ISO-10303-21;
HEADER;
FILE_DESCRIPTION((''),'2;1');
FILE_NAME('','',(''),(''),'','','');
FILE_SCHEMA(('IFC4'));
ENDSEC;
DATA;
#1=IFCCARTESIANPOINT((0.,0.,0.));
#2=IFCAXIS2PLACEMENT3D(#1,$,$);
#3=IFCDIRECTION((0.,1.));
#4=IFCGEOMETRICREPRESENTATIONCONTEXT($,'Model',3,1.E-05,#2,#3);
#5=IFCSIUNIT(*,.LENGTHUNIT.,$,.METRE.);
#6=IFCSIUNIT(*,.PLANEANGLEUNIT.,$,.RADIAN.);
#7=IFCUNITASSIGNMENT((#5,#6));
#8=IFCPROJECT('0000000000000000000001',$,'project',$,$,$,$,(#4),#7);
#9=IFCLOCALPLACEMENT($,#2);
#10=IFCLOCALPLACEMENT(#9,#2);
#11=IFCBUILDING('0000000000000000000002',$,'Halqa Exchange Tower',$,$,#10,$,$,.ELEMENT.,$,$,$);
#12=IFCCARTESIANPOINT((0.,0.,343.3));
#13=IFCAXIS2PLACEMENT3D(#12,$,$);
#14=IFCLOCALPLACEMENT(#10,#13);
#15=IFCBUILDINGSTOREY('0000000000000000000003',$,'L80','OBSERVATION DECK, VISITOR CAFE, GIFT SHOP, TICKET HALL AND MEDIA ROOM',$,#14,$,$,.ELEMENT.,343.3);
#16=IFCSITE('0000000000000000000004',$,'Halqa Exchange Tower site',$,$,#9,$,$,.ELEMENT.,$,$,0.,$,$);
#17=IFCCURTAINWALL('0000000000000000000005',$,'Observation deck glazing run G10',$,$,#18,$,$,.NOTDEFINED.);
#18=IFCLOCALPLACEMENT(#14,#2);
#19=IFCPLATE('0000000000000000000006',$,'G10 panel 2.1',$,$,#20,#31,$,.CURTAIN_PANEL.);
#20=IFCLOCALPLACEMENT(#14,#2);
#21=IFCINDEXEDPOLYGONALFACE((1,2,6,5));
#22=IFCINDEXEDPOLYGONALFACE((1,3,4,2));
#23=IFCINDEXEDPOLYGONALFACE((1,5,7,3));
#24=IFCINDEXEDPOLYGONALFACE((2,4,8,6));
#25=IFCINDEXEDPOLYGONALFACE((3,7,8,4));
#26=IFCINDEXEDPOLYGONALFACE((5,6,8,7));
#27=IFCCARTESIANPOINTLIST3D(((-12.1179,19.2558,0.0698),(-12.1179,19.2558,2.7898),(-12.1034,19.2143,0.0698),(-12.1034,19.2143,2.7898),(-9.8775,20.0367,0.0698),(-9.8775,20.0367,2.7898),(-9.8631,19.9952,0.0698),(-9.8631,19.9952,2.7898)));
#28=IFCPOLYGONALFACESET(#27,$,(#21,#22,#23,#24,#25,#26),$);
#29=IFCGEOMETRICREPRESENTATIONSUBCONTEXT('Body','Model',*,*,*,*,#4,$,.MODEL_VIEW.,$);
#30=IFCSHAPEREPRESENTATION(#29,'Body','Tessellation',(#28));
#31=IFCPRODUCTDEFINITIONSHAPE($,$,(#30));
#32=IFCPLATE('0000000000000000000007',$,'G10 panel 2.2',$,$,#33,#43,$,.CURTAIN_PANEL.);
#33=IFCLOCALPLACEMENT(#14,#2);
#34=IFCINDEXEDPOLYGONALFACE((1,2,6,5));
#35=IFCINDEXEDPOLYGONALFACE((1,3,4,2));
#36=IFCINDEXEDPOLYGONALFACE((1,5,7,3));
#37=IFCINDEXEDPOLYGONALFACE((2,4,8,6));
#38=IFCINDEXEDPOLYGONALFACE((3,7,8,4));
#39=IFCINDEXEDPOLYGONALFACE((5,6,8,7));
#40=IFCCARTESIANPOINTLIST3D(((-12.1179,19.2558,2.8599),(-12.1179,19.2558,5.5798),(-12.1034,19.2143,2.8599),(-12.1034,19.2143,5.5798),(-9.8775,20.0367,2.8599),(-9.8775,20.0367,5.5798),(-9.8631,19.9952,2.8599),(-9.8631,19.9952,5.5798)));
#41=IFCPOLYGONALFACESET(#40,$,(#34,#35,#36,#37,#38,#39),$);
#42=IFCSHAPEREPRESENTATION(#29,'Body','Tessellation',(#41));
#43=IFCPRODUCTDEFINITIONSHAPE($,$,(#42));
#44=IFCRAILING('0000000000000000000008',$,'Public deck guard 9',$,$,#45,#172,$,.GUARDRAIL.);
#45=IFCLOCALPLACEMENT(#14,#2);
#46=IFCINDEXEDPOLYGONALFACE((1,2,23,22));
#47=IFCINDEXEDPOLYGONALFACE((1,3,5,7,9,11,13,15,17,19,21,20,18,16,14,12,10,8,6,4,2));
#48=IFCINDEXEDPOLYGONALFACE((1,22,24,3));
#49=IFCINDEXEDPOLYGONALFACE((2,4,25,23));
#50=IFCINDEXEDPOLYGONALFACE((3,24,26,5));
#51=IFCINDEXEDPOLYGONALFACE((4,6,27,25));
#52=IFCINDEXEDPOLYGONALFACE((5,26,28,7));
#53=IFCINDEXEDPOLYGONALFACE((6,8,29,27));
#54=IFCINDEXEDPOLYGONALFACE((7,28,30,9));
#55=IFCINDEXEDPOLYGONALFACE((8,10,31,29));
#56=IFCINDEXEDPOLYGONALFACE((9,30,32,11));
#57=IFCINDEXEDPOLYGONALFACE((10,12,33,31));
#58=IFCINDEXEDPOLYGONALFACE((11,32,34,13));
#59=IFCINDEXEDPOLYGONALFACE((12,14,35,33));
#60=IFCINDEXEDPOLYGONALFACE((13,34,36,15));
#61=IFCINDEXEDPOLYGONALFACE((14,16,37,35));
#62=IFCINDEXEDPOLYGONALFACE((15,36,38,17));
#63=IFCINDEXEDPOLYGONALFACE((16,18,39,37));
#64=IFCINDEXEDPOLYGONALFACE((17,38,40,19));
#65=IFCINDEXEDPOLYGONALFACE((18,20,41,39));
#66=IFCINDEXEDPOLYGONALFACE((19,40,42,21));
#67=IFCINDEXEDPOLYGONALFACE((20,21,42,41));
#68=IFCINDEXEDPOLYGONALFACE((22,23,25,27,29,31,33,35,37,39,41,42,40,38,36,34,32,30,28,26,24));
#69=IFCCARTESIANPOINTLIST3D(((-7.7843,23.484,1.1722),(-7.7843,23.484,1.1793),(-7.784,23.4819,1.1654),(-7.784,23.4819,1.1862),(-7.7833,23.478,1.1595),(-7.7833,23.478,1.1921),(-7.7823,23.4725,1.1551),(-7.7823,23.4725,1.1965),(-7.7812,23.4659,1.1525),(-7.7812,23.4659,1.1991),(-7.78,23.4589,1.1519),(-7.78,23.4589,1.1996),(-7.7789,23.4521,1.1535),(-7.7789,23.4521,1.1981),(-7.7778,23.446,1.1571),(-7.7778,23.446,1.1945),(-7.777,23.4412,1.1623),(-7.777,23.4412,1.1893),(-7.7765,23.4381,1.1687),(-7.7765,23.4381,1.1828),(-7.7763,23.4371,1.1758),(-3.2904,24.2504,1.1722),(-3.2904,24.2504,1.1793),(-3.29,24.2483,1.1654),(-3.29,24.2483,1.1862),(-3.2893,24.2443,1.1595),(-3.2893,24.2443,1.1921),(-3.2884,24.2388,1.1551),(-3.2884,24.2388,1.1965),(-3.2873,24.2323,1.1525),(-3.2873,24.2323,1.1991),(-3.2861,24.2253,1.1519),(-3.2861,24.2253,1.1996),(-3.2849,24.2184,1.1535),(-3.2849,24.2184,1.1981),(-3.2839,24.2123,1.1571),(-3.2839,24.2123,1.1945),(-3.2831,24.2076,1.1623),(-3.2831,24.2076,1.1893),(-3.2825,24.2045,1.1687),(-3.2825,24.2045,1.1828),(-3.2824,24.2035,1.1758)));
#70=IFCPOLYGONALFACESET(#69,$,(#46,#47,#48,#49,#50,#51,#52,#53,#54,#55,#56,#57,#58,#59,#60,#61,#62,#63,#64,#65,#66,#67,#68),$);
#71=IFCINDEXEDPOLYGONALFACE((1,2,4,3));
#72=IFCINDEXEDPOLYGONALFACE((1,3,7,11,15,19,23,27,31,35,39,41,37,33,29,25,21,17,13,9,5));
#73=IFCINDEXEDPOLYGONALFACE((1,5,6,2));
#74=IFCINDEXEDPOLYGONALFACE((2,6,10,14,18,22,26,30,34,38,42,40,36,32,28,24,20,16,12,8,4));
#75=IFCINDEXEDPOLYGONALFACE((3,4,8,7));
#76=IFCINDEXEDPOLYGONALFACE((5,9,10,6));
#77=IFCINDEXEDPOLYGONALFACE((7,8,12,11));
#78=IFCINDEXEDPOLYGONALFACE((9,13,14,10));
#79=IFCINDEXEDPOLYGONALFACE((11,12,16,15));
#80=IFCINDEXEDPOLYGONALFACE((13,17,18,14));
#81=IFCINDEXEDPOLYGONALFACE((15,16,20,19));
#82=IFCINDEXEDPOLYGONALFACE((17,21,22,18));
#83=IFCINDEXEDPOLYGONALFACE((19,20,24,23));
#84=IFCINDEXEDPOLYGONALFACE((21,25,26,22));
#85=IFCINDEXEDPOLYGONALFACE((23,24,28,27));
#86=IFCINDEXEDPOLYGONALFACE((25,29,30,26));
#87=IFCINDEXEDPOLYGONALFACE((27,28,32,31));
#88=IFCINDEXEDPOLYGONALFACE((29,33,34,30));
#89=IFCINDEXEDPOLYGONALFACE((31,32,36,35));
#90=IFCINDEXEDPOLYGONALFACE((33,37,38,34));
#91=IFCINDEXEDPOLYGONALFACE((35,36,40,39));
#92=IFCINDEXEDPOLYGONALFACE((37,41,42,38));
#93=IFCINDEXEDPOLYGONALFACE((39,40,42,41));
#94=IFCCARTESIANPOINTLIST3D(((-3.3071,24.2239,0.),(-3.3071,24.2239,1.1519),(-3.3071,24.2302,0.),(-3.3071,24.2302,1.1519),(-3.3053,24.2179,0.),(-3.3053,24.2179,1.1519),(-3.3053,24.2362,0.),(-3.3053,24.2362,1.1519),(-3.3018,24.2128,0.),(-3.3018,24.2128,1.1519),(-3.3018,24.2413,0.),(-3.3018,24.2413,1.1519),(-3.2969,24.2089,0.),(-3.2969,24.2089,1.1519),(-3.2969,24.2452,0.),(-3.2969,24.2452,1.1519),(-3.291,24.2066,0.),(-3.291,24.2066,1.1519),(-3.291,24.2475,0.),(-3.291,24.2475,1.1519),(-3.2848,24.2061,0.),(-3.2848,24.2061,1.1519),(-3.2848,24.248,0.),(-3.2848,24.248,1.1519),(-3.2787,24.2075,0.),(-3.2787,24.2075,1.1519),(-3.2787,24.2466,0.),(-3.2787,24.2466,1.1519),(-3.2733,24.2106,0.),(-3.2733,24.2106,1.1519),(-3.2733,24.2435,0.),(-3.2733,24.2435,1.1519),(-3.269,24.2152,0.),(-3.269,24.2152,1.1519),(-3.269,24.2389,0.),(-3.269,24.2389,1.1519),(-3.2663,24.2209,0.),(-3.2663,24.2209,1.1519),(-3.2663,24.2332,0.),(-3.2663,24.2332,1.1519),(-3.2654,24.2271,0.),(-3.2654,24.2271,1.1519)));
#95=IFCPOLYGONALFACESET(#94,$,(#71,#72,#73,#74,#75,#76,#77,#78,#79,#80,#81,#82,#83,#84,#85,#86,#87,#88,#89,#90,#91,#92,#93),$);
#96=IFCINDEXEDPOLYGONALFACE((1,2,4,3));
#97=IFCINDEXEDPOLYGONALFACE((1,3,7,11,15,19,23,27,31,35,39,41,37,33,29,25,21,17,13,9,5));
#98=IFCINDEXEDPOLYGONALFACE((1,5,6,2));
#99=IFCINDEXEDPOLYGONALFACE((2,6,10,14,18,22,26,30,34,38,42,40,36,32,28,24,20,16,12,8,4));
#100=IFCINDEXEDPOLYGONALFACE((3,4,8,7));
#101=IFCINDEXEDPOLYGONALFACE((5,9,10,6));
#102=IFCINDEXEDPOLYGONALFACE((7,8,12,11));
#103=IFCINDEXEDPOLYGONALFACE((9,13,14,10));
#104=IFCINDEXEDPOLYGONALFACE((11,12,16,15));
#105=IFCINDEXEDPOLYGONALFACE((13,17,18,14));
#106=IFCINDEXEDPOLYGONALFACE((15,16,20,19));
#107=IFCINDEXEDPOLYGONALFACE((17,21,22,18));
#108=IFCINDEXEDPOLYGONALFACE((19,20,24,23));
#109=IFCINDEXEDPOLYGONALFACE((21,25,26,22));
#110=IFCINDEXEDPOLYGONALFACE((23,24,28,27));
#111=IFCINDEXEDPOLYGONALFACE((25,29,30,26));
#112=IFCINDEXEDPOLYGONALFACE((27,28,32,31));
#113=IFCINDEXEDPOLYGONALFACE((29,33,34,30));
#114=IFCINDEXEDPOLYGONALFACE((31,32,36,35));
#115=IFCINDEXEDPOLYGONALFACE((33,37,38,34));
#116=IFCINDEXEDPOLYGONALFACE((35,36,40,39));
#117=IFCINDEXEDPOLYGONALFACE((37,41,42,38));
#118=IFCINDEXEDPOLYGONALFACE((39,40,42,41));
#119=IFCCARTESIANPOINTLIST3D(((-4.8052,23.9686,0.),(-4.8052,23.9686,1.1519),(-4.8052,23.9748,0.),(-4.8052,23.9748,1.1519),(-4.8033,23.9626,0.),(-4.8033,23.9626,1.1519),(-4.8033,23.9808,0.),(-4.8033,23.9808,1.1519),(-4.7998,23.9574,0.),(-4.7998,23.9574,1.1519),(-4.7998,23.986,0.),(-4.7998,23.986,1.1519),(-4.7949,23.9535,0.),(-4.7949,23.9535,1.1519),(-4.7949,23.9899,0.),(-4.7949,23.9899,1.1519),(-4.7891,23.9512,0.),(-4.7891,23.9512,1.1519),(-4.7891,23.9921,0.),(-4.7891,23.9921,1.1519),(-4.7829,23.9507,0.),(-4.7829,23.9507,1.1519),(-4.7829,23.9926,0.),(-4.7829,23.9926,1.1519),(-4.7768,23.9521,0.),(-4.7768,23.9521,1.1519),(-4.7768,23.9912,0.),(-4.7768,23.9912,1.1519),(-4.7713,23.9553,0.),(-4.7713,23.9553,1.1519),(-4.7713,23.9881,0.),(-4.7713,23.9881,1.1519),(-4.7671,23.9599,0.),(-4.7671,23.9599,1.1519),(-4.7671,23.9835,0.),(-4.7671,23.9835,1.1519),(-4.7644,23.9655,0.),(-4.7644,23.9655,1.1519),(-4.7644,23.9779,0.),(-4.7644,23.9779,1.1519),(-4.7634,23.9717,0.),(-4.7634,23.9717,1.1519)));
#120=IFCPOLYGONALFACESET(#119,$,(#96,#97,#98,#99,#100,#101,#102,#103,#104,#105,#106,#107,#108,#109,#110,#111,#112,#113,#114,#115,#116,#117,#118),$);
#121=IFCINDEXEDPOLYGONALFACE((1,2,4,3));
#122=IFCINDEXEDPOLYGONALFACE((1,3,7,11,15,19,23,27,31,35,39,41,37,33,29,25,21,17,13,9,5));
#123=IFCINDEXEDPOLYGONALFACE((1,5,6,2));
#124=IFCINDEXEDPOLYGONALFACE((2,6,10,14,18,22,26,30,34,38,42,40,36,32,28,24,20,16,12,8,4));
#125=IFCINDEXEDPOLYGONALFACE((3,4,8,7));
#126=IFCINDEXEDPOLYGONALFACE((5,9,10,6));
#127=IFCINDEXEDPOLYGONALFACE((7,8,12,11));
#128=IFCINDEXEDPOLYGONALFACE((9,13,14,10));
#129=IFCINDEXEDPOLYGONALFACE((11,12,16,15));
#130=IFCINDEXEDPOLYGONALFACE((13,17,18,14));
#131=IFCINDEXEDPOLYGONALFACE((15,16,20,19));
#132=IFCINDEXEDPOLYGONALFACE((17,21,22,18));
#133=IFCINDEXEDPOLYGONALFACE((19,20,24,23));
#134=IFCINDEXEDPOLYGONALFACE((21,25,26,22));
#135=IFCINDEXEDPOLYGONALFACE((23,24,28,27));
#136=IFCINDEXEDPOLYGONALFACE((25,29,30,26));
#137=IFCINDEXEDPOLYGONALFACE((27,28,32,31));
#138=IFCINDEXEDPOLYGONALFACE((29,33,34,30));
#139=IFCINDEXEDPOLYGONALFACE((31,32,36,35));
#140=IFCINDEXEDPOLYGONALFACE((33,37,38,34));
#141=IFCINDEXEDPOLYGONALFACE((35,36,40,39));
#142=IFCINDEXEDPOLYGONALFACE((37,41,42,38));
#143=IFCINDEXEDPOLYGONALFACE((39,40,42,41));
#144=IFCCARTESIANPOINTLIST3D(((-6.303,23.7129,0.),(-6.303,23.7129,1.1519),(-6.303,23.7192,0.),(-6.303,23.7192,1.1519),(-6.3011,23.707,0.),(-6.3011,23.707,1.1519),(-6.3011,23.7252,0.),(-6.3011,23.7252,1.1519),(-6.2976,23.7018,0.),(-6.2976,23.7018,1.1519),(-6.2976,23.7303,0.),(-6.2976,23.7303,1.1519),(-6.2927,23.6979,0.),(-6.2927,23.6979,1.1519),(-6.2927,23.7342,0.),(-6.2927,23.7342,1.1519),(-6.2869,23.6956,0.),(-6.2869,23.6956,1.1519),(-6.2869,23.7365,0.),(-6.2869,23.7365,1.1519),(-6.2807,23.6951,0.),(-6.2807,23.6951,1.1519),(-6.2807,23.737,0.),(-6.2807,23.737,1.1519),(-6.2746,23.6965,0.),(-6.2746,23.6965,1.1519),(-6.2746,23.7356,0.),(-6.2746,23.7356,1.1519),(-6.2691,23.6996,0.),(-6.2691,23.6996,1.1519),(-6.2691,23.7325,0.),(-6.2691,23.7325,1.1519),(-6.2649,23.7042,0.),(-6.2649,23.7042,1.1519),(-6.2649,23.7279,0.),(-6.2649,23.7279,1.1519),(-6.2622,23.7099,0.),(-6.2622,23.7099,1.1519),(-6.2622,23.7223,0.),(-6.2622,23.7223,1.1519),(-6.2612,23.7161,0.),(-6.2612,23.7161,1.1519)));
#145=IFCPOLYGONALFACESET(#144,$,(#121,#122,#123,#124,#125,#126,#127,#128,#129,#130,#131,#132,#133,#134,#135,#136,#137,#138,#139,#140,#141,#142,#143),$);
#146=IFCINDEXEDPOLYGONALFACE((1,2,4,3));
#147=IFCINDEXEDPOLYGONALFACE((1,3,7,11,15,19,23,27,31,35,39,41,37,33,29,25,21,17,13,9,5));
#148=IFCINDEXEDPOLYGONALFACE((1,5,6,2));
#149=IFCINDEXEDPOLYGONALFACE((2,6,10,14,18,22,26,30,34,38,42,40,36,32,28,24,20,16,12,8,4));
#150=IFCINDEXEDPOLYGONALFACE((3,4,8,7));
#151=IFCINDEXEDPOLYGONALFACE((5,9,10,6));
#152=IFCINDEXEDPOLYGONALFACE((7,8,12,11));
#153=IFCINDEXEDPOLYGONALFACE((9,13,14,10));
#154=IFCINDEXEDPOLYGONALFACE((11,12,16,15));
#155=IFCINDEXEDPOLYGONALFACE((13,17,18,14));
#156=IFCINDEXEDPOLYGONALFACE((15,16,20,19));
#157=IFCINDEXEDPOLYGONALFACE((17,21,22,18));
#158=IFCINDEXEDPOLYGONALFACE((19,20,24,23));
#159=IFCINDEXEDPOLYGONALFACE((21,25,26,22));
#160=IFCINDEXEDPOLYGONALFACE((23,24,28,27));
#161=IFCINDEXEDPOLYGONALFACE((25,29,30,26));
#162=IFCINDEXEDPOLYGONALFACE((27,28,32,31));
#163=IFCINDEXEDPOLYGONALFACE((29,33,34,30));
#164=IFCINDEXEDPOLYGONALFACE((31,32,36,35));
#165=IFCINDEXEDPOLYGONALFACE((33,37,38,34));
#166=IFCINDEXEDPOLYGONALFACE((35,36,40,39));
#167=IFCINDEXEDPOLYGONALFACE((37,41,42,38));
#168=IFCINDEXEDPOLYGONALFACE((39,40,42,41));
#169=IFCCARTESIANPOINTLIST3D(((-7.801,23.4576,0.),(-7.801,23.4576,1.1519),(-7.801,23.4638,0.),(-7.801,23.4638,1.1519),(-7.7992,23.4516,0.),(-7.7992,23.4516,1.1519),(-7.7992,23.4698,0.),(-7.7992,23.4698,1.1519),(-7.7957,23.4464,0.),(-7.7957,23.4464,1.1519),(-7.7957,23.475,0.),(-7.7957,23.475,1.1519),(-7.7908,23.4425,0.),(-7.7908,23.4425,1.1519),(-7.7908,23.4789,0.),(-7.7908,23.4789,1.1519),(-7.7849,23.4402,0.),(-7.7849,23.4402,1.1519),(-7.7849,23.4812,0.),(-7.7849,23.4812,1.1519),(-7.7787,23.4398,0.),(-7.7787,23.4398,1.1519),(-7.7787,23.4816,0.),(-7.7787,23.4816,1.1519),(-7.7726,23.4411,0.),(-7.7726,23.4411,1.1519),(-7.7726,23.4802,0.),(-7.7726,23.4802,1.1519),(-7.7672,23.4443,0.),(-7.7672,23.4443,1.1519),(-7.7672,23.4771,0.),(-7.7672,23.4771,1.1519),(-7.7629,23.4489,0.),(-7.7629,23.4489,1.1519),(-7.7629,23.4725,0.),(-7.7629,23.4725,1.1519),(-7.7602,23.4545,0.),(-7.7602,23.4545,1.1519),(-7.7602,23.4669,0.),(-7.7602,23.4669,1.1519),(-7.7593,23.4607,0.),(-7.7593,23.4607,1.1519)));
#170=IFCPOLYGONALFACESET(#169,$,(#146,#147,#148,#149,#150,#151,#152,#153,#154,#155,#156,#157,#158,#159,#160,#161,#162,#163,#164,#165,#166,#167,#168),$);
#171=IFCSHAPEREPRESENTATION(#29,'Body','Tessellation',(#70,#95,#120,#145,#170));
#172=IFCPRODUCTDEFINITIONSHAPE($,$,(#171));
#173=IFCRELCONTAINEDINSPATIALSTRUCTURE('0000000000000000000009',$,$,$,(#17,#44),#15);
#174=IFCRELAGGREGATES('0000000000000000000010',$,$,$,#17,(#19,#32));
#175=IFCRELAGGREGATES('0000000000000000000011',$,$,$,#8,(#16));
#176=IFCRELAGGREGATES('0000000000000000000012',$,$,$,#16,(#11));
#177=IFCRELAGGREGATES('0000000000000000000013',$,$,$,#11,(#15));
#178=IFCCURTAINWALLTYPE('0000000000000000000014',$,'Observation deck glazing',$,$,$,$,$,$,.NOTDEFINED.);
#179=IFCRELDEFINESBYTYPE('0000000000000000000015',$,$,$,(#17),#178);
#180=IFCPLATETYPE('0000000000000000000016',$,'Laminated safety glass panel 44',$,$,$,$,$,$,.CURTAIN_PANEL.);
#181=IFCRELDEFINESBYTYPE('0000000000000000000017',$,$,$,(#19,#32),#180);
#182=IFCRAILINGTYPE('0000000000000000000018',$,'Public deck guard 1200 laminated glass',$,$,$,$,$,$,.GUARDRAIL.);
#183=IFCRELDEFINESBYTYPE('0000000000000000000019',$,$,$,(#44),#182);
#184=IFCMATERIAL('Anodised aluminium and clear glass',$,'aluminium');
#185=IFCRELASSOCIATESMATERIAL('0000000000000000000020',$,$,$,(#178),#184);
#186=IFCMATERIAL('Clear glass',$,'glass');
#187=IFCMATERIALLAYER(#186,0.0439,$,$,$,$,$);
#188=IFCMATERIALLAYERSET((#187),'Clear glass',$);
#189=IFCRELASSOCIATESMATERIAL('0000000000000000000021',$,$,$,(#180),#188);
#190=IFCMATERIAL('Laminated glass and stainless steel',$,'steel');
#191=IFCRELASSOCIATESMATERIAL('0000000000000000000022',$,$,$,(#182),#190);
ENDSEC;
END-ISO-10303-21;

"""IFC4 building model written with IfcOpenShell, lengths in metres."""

from ifc_helpers import new_model, si_unit, direction, frame, origin, origin_2d, place, context, subcontext, project, spatial, rectangle, circle, extrude, material, layer, layer_set, type_object, element, aggregate, save


model = new_model("IFC4")

# Units and contexts
model_context = context("Model", 3, precision=1e-05, world=origin(), true_north=direction((0.0, 1.0)))
body_context = subcontext(model_context, "Body", "Model", "MODEL_VIEW")
ifc_project = project(units=[si_unit("LENGTHUNIT", "METRE"), si_unit("PLANEANGLEUNIT", "RADIAN")], contexts=[model_context])

# Site, building, storey
site_placement = place(None, origin())
site = spatial("IfcSite", under=ifc_project, at=site_placement, Name="Halqa Exchange Tower site", CompositionType="ELEMENT", RefElevation=0.0)
building_placement = place(site_placement, origin())
building = spatial("IfcBuilding", under=site, at=building_placement, Name="Halqa Exchange Tower", CompositionType="ELEMENT")
storey_placement = place(building_placement, frame((0.0, 0.0, 343.3)))
storey = spatial("IfcBuildingStorey", under=building, at=storey_placement, Name="L80", Description="OBSERVATION DECK, VISITOR CAFE, GIFT SHOP, TICKET HALL AND MEDIA ROOM", CompositionType="ELEMENT", Elevation=343.3)

# Curtain wall
ifc_material_1 = material(Name="Anodised aluminium and clear glass", Category="aluminium")
curtain_wall_type = type_object("IfcCurtainWallType", Name="Observation deck glazing", PredefinedType="NOTDEFINED", material=ifc_material_1)
curtain_wall_1_placement = place(storey_placement, origin())
curtain_wall_1 = element("IfcCurtainWall", 1, at=curtain_wall_1_placement, inside=storey, type_object=curtain_wall_type, Name="Observation deck glazing run G10", PredefinedType="NOTDEFINED")

# Plates
ifc_material_2 = material(Name="Clear glass", Category="glass")
ifc_layer = layer(ifc_material_2, 0.0439)
ifc_layer_set = layer_set([ifc_layer], Name="Clear glass")
plate_type = type_object("IfcPlateType", Name="Laminated safety glass panel 44", PredefinedType="CURTAIN_PANEL", material=ifc_layer_set)
plate_1_placement = place(storey_placement, frame((-10.9905, 19.6255, 0.0698), z_axis=(0.0, 0.0, 1.0), x_axis=(-0.944274, -0.32916, 0.0)))
plate_1 = element("IfcPlate", 2, at=plate_1_placement, type_object=plate_type, Name="G10 panel 2.1", PredefinedType="CURTAIN_PANEL", context=body_context, shape_type="SweptSolid", body=[
    extrude(rectangle(XDim=2.3726, YDim=0.0439, at=origin_2d()), origin(), (0.0, 0.0, 1.0), 2.72),
])
plate_2_placement = place(storey_placement, frame((-10.9905, 19.6255, 2.8599), z_axis=(0.0, 0.0, 1.0), x_axis=(-0.944274, -0.32916, 0.0)))
plate_2 = element("IfcPlate", 3, at=plate_2_placement, type_object=plate_type, Name="G10 panel 2.2", PredefinedType="CURTAIN_PANEL", context=body_context, shape_type="SweptSolid", body=[
    extrude(rectangle(XDim=2.3726, YDim=0.0439, at=origin_2d()), origin(), (0.0, 0.0, 1.0), 2.72),
])
aggregate(curtain_wall_1, [plate_1, plate_2])

# Railing
ifc_material_3 = material(Name="Laminated glass and stainless steel", Category="steel")
railing_type = type_object("IfcRailingType", Name="Public deck guard 1200 laminated glass", PredefinedType="GUARDRAIL", material=ifc_material_3)
railing_1_placement = place(storey_placement, frame((-3.2864, 24.2271, 0.0)))
element("IfcRailing", 4, at=railing_1_placement, inside=storey, type_object=railing_type, Name="Public deck guard 9", PredefinedType="GUARDRAIL", context=body_context, shape_type="SweptSolid", body=[
    extrude(circle(Radius=0.0239, at=origin_2d()), frame((0.0, 0.0, 1.1758), z_axis=(-0.985769, -0.168106, 0.0), x_axis=(0.168106, -0.985769, 0.0)), (0.0, 0.0, 1.0), 4.5588),
    extrude(circle(Radius=0.021, at=origin_2d()), origin(), (0.0, 0.0, 1.0), 1.1519),
    extrude(circle(Radius=0.021, at=origin_2d()), frame((-1.498, -0.2554, 0.0)), (0.0, 0.0, 1.0), 1.1519),
    extrude(circle(Radius=0.021, at=origin_2d()), frame((-2.9958, -0.511, 0.0)), (0.0, 0.0, 1.0), 1.1519),
    extrude(circle(Radius=0.021, at=origin_2d()), frame((-4.4939, -0.7664, 0.0)), (0.0, 0.0, 1.0), 1.1519),
])

save(model, "model.ifc")
